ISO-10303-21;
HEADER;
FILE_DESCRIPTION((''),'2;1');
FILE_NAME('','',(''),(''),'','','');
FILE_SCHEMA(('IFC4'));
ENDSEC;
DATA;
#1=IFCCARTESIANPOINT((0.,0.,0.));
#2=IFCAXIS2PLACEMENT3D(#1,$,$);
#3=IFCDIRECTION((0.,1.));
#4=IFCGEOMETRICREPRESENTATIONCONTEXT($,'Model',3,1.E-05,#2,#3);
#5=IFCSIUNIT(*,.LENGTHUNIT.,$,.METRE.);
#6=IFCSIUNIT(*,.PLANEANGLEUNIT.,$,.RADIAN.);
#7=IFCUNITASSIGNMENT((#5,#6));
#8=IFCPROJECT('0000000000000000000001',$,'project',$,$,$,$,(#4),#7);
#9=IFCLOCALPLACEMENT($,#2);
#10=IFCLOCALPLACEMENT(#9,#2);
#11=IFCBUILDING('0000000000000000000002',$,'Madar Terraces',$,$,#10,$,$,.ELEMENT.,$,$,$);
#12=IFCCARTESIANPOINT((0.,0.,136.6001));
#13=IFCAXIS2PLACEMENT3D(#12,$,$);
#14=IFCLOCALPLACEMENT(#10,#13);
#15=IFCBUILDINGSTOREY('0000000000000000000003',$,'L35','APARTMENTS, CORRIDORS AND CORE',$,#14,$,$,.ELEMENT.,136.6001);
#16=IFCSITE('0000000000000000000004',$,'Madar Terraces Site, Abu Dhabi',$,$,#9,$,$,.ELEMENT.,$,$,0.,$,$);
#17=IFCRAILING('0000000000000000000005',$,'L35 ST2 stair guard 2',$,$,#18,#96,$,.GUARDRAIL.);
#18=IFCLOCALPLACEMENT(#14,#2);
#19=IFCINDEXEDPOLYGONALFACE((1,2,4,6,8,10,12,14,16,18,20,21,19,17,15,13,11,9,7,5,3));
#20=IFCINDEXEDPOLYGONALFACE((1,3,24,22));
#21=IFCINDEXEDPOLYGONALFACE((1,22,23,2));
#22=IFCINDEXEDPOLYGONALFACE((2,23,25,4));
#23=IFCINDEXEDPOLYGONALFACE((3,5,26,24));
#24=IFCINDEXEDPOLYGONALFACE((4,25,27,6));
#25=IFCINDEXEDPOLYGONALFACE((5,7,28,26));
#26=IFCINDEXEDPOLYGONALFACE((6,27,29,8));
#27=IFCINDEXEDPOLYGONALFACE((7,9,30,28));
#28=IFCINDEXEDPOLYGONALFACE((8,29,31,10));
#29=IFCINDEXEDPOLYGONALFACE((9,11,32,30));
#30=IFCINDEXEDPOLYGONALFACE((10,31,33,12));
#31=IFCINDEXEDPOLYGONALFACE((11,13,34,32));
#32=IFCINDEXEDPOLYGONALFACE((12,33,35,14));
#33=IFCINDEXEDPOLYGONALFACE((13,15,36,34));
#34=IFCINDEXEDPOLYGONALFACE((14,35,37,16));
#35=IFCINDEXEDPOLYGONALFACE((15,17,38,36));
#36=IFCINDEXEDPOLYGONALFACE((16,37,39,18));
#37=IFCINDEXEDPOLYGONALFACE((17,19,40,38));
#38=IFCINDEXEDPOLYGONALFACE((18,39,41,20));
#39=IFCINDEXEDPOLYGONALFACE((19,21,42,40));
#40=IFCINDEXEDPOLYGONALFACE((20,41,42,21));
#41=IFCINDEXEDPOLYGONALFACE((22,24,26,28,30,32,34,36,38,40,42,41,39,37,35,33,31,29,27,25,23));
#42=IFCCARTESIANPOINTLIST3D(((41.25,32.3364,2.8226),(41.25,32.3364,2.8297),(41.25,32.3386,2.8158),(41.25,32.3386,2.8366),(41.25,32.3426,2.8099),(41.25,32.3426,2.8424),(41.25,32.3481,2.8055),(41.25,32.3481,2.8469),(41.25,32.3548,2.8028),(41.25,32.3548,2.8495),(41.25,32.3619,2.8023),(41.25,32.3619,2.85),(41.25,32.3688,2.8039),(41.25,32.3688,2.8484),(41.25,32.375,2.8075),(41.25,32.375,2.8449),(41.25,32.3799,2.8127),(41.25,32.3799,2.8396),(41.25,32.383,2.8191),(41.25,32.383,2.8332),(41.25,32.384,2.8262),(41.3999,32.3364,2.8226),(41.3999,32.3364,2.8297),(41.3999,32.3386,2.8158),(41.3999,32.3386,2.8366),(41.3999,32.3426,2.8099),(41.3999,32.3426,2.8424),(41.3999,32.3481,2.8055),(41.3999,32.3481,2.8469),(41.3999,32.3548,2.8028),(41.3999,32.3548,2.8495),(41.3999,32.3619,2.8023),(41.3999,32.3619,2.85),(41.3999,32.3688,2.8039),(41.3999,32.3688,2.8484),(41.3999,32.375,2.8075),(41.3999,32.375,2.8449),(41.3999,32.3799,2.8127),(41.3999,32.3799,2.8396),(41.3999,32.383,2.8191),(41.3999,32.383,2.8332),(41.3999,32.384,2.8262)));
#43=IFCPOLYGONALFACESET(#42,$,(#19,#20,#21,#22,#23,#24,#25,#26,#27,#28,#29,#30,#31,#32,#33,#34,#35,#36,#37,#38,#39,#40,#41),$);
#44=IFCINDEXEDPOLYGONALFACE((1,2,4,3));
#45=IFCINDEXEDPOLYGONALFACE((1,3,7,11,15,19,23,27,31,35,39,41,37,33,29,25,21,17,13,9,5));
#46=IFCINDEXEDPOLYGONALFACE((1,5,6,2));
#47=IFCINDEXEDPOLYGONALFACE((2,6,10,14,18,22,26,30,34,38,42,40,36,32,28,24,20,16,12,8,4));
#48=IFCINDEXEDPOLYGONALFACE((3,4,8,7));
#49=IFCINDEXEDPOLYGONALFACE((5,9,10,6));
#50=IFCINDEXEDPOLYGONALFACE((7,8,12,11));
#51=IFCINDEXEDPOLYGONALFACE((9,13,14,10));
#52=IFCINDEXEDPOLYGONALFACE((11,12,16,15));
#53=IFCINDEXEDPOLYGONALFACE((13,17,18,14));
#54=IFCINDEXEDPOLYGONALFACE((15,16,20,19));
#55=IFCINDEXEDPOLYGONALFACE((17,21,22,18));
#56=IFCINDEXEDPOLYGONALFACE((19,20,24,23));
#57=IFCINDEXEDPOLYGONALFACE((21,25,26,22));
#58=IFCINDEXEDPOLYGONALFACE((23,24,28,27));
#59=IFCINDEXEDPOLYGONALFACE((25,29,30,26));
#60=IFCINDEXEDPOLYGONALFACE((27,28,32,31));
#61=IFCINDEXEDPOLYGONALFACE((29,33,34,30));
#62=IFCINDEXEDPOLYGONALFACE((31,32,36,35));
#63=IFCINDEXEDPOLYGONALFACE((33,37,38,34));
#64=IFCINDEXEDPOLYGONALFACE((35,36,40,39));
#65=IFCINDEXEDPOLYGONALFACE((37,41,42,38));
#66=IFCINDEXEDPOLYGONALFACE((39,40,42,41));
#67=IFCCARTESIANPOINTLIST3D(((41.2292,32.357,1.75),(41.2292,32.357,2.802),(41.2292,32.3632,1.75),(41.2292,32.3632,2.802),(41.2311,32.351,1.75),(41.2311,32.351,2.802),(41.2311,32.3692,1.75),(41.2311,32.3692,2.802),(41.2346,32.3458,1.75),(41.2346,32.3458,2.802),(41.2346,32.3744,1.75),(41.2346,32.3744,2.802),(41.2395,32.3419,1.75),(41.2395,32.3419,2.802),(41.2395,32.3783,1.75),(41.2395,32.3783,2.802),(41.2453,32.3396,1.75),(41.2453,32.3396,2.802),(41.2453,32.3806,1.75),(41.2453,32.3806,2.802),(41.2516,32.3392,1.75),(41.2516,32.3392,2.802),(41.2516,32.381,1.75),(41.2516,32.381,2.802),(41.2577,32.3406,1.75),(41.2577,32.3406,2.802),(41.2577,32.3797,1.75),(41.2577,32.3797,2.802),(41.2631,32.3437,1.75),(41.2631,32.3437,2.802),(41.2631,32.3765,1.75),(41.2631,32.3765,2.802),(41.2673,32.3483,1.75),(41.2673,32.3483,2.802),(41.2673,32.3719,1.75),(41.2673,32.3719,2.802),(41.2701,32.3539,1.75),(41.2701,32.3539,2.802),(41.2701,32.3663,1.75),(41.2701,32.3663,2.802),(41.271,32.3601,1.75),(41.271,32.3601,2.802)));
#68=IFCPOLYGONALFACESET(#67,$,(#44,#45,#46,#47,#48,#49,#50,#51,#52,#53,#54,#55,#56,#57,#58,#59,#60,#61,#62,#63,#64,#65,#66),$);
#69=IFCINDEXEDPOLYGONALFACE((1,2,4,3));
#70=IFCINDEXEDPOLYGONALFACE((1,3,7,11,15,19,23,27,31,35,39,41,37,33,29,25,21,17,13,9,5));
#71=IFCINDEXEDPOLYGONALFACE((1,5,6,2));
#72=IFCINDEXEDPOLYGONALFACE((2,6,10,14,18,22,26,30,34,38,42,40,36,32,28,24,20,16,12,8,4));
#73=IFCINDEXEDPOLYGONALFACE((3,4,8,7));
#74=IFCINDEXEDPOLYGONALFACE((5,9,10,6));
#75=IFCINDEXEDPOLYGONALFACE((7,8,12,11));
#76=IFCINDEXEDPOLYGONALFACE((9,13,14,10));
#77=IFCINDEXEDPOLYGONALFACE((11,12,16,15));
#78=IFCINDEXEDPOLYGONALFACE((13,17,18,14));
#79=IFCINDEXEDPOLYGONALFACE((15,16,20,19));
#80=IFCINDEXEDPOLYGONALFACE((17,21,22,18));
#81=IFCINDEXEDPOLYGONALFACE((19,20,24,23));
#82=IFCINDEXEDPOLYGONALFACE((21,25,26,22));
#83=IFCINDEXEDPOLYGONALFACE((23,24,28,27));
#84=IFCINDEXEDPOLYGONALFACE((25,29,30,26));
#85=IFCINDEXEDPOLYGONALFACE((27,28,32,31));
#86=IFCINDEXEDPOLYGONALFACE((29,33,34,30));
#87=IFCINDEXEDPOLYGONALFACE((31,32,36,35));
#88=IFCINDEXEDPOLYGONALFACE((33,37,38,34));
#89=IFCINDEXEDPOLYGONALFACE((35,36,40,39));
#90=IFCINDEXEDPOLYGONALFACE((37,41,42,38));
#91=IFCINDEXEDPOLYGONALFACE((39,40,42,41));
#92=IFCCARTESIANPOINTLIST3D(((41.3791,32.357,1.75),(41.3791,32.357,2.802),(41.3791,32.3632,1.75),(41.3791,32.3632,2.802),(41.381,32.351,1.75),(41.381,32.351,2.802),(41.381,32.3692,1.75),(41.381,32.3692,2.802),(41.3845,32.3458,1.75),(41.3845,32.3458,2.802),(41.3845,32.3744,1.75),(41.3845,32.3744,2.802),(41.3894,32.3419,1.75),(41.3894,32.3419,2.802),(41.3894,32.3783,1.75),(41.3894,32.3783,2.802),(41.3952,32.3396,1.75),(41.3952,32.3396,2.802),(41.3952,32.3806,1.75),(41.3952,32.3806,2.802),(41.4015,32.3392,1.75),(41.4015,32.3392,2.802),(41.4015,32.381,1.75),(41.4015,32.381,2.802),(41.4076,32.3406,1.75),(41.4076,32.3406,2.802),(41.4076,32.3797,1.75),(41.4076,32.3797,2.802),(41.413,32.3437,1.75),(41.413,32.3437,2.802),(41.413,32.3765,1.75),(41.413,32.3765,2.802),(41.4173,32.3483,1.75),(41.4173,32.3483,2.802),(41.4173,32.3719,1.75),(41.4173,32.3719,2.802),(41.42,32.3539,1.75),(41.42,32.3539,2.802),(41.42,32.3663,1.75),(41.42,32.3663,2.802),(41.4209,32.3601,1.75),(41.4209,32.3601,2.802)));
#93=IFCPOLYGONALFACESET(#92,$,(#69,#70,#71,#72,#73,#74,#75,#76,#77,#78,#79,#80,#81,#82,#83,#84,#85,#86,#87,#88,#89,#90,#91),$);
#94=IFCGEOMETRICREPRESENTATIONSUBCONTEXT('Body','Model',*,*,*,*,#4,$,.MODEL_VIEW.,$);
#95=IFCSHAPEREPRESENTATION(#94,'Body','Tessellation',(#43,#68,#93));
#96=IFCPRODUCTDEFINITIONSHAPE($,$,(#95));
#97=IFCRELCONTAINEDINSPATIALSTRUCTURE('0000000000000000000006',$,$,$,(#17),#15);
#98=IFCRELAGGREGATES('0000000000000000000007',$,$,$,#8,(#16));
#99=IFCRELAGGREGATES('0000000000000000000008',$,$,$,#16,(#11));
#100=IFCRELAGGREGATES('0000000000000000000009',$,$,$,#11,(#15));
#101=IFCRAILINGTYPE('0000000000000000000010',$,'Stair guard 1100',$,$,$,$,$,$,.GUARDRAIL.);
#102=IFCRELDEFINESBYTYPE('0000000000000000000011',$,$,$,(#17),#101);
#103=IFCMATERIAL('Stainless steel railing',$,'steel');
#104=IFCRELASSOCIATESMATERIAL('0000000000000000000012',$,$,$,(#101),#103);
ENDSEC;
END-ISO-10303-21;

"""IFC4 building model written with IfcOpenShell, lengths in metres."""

from ifc_helpers import new_model, si_unit, direction, frame, origin, origin_2d, place, context, subcontext, project, spatial, circle, extrude, material, type_object, element, save


model = new_model("IFC4")

# Units and contexts
model_context = context("Model", 3, precision=1e-05, world=origin(), true_north=direction((0.0, 1.0)))
body_context = subcontext(model_context, "Body", "Model", "MODEL_VIEW")
ifc_project = project(units=[si_unit("LENGTHUNIT", "METRE"), si_unit("PLANEANGLEUNIT", "RADIAN")], contexts=[model_context])

# Site, building, storey
site_placement = place(None, origin())
site = spatial("IfcSite", under=ifc_project, at=site_placement, Name="Madar Terraces Site, Abu Dhabi", CompositionType="ELEMENT", RefElevation=0.0)
building_placement = place(site_placement, origin())
building = spatial("IfcBuilding", under=site, at=building_placement, Name="Madar Terraces", CompositionType="ELEMENT")
storey_placement = place(building_placement, frame((0.0, 0.0, 136.6001)))
storey = spatial("IfcBuildingStorey", under=building, at=storey_placement, Name="L35", Description="APARTMENTS, CORRIDORS AND CORE", CompositionType="ELEMENT", Elevation=136.6001)

# Railing
ifc_material_1 = material(Name="Stainless steel railing", Category="steel")
railing_type_1 = type_object("IfcRailingType", Name="Stair guard 1100", PredefinedType="GUARDRAIL", material=ifc_material_1)
railing_1_placement = place(storey_placement, frame((41.25, 32.3601, 1.75)))
element("IfcRailing", 1, at=railing_1_placement, inside=storey, type_object=railing_type_1, Name="L35 ST2 stair guard 2", PredefinedType="GUARDRAIL", context=body_context, shape_type="SweptSolid", body=[
    extrude(circle(Radius=0.0239, at=origin_2d()), frame((0.0, 0.0, 1.0762), z_axis=(1.0, 0.0, 0.0), x_axis=(0.0, 1.0, 0.0)), (0.0, 0.0, 1.0), 0.1499),
    extrude(circle(Radius=0.021, at=origin_2d()), origin(), (0.0, 0.0, 1.0), 1.052),
    extrude(circle(Radius=0.021, at=origin_2d()), frame((0.1499, 0.0, 0.0)), (0.0, 0.0, 1.0), 1.052),
])

save(model, "model.ifc")
